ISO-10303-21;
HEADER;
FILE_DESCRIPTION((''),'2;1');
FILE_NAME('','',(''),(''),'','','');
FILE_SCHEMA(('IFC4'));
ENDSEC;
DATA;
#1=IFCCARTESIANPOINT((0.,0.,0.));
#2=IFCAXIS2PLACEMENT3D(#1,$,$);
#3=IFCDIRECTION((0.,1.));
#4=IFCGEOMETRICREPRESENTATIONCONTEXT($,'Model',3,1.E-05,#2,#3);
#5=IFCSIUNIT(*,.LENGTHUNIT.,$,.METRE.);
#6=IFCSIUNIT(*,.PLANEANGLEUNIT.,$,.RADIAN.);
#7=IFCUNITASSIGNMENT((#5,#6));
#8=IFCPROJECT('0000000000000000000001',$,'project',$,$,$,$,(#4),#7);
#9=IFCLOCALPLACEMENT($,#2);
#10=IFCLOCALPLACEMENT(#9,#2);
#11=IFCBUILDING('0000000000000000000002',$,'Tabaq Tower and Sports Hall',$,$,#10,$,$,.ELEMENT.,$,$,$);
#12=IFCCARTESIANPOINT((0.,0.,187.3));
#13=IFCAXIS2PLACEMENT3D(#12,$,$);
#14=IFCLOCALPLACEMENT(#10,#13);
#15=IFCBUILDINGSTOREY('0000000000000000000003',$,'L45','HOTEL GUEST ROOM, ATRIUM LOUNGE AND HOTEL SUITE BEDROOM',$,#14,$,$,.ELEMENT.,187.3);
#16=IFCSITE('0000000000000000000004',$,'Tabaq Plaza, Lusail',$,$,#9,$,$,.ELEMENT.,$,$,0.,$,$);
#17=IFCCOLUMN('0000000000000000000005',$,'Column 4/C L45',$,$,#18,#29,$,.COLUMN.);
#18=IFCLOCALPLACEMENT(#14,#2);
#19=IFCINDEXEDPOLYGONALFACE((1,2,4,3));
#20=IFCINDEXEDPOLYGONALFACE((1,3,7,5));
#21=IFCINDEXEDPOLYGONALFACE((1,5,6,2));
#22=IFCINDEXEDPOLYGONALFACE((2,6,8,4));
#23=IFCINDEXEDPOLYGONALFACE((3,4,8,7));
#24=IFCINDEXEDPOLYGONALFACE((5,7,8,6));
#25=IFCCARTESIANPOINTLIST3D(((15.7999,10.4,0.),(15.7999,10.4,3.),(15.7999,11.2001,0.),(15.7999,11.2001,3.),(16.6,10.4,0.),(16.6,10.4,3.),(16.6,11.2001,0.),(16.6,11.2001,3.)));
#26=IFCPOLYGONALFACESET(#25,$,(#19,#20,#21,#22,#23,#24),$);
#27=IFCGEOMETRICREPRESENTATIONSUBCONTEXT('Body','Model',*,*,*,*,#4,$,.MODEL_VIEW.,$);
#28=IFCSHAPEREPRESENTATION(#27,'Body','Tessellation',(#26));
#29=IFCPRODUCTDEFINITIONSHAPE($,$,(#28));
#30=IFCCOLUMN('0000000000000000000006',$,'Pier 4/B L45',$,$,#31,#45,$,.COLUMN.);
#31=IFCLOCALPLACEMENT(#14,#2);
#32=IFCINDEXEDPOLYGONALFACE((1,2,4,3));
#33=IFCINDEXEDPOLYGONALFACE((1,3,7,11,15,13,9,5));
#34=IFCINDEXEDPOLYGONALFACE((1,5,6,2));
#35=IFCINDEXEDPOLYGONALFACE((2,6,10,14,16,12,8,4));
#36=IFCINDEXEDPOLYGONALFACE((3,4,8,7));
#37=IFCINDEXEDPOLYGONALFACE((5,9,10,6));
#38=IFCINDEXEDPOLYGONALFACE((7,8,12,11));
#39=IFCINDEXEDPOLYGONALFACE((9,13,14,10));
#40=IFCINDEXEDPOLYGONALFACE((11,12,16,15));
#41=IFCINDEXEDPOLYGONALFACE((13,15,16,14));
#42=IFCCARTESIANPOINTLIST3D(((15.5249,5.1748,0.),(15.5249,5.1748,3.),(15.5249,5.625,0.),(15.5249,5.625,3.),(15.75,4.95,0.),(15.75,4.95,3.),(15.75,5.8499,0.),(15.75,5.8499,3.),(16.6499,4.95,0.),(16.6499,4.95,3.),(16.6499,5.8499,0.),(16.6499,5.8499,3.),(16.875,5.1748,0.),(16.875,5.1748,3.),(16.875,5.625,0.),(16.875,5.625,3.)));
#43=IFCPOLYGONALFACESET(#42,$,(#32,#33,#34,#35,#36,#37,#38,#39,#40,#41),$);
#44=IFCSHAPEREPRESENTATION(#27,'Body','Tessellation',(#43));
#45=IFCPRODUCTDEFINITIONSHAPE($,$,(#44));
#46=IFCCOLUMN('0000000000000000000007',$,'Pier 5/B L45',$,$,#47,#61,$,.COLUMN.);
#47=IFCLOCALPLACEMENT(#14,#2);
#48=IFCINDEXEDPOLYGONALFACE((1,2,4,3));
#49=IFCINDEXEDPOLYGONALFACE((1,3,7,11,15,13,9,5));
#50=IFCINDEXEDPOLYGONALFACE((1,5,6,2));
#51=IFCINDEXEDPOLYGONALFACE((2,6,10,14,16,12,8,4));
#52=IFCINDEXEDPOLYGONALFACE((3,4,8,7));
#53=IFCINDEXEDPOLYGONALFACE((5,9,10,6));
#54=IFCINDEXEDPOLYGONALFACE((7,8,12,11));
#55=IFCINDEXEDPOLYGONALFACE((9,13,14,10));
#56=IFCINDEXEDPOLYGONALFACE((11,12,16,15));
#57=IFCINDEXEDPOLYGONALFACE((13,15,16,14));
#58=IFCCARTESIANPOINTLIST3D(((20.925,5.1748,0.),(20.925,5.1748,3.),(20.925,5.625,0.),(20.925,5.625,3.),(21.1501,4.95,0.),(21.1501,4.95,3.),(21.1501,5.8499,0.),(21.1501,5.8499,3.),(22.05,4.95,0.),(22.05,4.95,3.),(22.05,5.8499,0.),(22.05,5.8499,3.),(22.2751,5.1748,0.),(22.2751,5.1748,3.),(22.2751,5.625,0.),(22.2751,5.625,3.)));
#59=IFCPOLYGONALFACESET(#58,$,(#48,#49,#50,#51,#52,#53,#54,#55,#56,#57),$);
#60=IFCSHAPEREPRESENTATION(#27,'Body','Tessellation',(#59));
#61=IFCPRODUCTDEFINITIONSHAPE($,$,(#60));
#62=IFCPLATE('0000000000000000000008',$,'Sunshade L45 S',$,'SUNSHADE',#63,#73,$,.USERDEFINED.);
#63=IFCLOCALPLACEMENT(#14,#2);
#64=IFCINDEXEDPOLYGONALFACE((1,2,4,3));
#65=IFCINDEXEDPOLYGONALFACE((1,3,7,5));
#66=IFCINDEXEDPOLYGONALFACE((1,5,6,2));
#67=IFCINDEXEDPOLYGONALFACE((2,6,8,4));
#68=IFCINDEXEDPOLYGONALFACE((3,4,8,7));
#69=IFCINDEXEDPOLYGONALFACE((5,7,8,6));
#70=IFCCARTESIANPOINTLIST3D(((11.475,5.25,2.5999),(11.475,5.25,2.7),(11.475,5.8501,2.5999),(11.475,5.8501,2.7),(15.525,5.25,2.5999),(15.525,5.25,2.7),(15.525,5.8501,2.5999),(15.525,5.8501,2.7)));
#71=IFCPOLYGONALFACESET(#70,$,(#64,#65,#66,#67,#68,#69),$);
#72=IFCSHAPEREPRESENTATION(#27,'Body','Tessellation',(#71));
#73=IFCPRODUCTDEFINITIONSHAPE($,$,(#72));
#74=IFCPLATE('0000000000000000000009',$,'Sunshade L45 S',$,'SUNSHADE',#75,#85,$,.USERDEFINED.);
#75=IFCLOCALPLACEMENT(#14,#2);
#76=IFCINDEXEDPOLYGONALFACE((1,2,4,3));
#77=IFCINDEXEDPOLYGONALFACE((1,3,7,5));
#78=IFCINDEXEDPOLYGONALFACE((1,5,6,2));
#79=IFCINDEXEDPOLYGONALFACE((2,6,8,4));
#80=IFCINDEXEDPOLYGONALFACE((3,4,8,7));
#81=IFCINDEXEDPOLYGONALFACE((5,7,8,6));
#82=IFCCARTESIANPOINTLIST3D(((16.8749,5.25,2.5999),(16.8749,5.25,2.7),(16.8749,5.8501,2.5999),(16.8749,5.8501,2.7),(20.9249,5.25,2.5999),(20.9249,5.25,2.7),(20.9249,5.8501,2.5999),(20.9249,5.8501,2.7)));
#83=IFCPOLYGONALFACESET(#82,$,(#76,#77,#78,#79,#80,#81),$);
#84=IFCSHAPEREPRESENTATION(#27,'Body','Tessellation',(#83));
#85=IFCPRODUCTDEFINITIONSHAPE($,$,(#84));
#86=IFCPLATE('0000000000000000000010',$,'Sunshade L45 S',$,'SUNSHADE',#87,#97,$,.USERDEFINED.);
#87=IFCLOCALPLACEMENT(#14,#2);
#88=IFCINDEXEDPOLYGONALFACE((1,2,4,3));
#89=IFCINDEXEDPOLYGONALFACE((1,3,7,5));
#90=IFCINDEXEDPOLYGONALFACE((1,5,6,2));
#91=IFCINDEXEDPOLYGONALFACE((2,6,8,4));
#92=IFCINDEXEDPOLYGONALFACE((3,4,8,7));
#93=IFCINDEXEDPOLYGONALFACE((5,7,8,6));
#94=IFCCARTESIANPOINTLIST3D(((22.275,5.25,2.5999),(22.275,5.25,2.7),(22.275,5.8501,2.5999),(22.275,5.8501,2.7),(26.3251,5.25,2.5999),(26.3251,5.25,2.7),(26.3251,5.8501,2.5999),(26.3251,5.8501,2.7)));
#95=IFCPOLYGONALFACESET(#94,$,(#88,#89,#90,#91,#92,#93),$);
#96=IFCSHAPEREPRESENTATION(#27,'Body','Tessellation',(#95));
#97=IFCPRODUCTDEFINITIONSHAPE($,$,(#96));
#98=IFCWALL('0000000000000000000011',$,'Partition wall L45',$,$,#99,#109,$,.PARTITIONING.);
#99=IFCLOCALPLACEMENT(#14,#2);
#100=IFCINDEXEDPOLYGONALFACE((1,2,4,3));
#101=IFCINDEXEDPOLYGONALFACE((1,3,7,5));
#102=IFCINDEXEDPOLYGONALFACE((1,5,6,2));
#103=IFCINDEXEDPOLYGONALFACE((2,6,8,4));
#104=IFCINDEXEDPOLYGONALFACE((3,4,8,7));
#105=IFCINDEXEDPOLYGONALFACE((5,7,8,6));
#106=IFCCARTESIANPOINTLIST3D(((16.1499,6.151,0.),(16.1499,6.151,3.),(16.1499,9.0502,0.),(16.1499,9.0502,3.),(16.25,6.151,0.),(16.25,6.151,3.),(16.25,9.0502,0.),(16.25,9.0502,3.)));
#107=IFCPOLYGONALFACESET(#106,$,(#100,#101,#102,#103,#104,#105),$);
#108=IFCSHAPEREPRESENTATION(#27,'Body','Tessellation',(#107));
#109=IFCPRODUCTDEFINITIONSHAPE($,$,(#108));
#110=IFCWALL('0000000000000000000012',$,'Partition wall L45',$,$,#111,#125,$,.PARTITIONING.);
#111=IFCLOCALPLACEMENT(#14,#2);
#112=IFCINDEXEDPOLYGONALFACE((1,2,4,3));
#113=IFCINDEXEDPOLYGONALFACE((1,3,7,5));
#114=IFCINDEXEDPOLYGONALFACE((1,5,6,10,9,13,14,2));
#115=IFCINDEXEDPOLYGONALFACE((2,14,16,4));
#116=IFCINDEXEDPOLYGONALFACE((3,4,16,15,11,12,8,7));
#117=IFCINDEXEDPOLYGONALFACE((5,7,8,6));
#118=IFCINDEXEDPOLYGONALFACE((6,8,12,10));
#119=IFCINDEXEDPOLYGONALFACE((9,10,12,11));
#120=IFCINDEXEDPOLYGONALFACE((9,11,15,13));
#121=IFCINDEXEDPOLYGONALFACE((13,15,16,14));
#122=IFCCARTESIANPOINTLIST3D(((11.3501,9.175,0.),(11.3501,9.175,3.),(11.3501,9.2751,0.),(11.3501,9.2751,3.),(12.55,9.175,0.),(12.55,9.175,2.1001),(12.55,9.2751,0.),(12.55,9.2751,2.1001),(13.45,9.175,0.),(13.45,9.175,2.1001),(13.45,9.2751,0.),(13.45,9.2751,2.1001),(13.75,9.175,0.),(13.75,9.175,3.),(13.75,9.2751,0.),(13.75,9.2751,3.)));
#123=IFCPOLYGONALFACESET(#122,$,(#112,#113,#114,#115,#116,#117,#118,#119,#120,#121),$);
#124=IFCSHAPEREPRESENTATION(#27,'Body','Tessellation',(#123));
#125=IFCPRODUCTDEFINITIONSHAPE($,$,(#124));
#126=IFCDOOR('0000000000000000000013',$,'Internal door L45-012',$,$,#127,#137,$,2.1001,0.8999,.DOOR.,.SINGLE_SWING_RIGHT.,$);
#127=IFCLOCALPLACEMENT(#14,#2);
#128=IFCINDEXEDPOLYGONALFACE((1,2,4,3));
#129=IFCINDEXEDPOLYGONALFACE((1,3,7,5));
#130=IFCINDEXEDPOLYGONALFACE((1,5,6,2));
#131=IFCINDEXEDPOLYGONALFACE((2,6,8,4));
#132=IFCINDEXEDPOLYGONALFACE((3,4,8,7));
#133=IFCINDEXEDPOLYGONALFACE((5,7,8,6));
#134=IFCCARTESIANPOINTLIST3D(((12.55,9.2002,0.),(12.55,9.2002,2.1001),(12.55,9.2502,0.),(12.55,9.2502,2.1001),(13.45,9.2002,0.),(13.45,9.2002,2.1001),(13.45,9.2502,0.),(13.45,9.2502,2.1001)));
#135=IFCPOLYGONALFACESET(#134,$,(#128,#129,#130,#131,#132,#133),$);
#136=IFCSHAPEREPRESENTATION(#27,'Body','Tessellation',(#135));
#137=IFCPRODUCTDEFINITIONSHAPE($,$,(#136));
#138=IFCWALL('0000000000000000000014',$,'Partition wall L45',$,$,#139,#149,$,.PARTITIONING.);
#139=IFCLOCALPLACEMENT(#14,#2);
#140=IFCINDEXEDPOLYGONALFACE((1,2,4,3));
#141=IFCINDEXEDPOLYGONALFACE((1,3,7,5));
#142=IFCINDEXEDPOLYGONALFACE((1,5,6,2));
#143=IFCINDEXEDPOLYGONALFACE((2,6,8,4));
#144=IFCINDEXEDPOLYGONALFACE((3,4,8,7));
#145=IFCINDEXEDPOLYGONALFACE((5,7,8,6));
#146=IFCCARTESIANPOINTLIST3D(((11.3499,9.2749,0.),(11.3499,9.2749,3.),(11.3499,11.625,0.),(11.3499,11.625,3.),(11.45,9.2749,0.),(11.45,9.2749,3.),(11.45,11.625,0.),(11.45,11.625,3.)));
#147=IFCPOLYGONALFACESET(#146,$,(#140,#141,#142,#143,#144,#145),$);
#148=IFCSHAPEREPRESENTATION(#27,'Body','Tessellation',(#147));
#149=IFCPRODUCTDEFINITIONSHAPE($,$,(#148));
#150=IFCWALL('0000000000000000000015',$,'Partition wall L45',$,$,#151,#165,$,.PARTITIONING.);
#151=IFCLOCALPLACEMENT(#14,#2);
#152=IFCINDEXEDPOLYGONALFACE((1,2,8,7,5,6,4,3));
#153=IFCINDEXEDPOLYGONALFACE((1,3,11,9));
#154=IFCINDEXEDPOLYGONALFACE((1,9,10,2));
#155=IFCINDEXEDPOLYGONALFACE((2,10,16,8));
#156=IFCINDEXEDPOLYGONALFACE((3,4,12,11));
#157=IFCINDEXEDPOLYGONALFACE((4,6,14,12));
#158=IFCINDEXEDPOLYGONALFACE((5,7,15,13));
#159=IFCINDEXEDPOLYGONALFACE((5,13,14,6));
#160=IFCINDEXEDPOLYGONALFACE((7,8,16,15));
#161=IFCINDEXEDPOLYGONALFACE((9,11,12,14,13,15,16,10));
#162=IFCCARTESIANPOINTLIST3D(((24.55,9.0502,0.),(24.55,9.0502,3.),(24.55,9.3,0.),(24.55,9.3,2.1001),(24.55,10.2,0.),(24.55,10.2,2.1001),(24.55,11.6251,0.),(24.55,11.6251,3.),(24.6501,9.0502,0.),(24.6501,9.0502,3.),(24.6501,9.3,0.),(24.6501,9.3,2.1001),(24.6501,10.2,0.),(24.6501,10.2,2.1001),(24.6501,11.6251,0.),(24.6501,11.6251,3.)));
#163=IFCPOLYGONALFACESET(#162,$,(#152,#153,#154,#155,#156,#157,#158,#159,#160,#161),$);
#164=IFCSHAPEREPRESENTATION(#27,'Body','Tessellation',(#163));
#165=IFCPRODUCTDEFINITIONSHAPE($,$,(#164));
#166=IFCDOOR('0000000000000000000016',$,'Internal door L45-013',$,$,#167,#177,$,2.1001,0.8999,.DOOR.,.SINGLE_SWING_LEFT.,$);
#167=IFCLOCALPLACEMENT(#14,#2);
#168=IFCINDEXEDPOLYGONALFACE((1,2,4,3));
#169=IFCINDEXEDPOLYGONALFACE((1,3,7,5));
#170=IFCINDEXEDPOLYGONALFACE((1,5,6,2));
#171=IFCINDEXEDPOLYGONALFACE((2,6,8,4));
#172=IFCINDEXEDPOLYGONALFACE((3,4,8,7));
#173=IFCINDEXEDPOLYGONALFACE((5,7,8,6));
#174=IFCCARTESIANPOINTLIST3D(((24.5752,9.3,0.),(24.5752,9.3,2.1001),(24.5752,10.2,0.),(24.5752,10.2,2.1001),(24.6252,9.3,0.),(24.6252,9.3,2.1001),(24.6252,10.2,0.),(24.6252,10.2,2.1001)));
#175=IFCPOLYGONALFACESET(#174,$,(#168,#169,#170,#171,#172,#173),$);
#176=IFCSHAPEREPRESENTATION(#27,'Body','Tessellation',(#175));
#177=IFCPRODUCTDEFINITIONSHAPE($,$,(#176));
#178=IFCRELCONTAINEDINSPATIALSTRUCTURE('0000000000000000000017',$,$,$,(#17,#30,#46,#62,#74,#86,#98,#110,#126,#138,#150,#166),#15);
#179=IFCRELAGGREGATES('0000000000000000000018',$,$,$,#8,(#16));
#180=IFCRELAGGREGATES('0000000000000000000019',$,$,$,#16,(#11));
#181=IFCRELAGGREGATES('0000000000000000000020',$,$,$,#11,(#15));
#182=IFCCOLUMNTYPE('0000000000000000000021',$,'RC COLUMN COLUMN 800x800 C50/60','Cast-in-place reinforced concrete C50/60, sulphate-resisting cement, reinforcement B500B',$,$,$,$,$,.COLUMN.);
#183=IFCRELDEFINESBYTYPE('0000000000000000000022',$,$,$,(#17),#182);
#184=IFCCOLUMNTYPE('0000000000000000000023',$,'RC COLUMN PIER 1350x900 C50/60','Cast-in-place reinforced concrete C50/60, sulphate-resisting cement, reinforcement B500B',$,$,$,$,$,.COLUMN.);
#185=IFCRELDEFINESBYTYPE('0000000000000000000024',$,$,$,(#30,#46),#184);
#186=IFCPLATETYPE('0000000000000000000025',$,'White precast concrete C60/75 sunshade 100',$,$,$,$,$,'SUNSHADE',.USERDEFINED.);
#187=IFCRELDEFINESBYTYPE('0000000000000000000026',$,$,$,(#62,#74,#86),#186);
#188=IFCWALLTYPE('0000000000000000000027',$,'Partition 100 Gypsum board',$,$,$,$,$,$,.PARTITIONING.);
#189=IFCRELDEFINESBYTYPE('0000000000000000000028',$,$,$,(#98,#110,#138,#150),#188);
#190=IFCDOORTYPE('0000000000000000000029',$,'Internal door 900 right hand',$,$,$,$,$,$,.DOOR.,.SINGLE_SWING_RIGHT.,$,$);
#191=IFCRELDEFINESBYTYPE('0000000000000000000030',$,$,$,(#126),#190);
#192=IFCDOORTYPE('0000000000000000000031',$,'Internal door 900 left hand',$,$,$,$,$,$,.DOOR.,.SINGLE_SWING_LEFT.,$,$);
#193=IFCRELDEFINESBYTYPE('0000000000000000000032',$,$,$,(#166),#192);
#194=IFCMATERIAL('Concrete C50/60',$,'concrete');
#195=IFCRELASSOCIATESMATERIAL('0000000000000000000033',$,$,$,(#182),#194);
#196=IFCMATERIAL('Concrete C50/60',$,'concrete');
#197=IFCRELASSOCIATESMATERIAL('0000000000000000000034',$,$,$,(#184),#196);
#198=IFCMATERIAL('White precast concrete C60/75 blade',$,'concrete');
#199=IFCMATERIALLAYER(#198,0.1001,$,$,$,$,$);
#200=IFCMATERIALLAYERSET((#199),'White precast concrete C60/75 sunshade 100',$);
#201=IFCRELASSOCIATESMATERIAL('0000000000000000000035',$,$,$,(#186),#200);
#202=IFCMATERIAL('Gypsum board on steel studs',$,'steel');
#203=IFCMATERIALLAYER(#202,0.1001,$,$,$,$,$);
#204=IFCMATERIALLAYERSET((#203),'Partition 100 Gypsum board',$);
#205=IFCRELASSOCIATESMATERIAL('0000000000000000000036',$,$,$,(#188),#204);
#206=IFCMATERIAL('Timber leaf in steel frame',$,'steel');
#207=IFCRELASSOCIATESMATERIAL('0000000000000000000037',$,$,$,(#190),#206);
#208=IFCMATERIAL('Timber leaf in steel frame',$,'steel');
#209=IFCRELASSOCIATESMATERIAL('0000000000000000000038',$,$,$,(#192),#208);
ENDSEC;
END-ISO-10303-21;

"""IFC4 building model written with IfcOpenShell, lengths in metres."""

from ifc_helpers import new_model, si_unit, direction, frame, frame_2d, origin, origin_2d, place, context, subcontext, project, spatial, polyline, rectangle, outline, extrude, material, layer, layer_set, material_profile, profile_set, type_object, element, fill, save


model = new_model("IFC4")

# Units and contexts
model_context = context("Model", 3, precision=1e-05, world=origin(), true_north=direction((0.0, 1.0)))
body_context = subcontext(model_context, "Body", "Model", "MODEL_VIEW")
ifc_project = project(units=[si_unit("LENGTHUNIT", "METRE"), si_unit("PLANEANGLEUNIT", "RADIAN")], contexts=[model_context])

# Site, building, storey
site_placement = place(None, origin())
site = spatial("IfcSite", under=ifc_project, at=site_placement, Name="Tabaq Plaza, Lusail", CompositionType="ELEMENT", RefElevation=0.0)
building_placement = place(site_placement, origin())
building = spatial("IfcBuilding", under=site, at=building_placement, Name="Tabaq Tower and Sports Hall", CompositionType="ELEMENT")
storey_placement = place(building_placement, frame((0.0, 0.0, 187.3)))
storey = spatial("IfcBuildingStorey", under=building, at=storey_placement, Name="L45", Description="HOTEL GUEST ROOM, ATRIUM LOUNGE AND HOTEL SUITE BEDROOM", CompositionType="ELEMENT", Elevation=187.3)

# Columns
ifc_material_1 = material(Name="Concrete C50/60", Category="concrete")
ifc_material_profile_1 = material_profile(ifc_material_1, rectangle(XDim=0.8, YDim=0.8, at=origin_2d()), Name="COLUMN 800x800")
ifc_profile_set_1 = profile_set([ifc_material_profile_1], Name="Concrete C50/60")
column_type_1 = type_object("IfcColumnType", Name="RC COLUMN COLUMN 800x800 C50/60", Description="Cast-in-place reinforced concrete C50/60, sulphate-resisting cement, reinforcement B500B", PredefinedType="COLUMN", material=ifc_profile_set_1)
column_placement = place(storey_placement, frame((16.2, 10.8, 0.0), z_axis=(0.0, 0.0, 1.0), x_axis=(1.0, 0.0, 0.0)))
element("IfcColumn", 1, at=column_placement, inside=storey, type_object=column_type_1, Name="Column 4/C L45", PredefinedType="COLUMN", context=body_context, shape_type="SweptSolid", body=[
    extrude(rectangle(XDim=0.8, YDim=0.8, at=origin_2d()), origin(), (0.0, 0.0, 1.0), 3.0),
])
ifc_material_2 = material(Name="Concrete C50/60", Category="concrete")
ifc_material_profile_2 = material_profile(ifc_material_2, outline(polyline([(-0.45, -0.45), (0.45, -0.45), (0.675, -0.2251), (0.675, 0.2251), (0.45, 0.45), (-0.45, 0.45), (-0.675, 0.2251), (-0.675, -0.2251), (-0.45, -0.45)])), Name="PIER 1350x900")
ifc_profile_set_2 = profile_set([ifc_material_profile_2], Name="Concrete C50/60")
column_type_2 = type_object("IfcColumnType", Name="RC COLUMN PIER 1350x900 C50/60", Description="Cast-in-place reinforced concrete C50/60, sulphate-resisting cement, reinforcement B500B", PredefinedType="COLUMN", material=ifc_profile_set_2)
for number, where, z_axis, x_axis, name in (
    (2, (16.2, 5.3999, 0.0), (0.0, 0.0, 1.0), (1.0, 0.0, 0.0), "Pier 4/B L45"),
    (3, (21.6001, 5.3999, 0.0), (0.0, 0.0, 1.0), (1.0, 0.0, 0.0), "Pier 5/B L45"),
):
    element("IfcColumn", number, at=place(storey_placement, frame(where, z_axis=z_axis, x_axis=x_axis)), inside=storey, type_object=column_type_2, Name=name, PredefinedType="COLUMN", context=body_context, shape_type="SweptSolid", body=[
        extrude(outline(polyline([(-0.45, -0.45), (0.45, -0.45), (0.675, -0.2251), (0.675, 0.2251), (0.45, 0.45), (-0.45, 0.45), (-0.675, 0.2251), (-0.675, -0.2251), (-0.45, -0.45)])), origin(), (0.0, 0.0, 1.0), 3.0),
    ])

# Plates
ifc_material_3 = material(Name="White precast concrete C60/75 blade", Category="concrete")
ifc_layer_1 = layer(ifc_material_3, 0.1001)
ifc_layer_set_1 = layer_set([ifc_layer_1], Name="White precast concrete C60/75 sunshade 100")
plate_type = type_object("IfcPlateType", Name="White precast concrete C60/75 sunshade 100", ElementType="SUNSHADE", PredefinedType="USERDEFINED", material=ifc_layer_set_1)
for number, where, z_axis, x_axis, name in (
    (4, (13.5, 5.55, 2.5999), (0.0, 0.0, 1.0), (1.0, 0.0, 0.0), "Sunshade L45 S"),
    (5, (18.8999, 5.55, 2.5999), (0.0, 0.0, 1.0), (1.0, 0.0, 0.0), "Sunshade L45 S"),
    (6, (24.3, 5.55, 2.5999), (0.0, 0.0, 1.0), (1.0, 0.0, 0.0), "Sunshade L45 S"),
):
    element("IfcPlate", number, at=place(storey_placement, frame(where, z_axis=z_axis, x_axis=x_axis)), inside=storey, type_object=plate_type, Name=name, ObjectType="SUNSHADE", PredefinedType="USERDEFINED", context=body_context, shape_type="SweptSolid", body=[
        extrude(rectangle(XDim=4.05, YDim=0.6001, at=origin_2d()), origin(), (0.0, 0.0, 1.0), 0.1001),
    ])

# Wall
ifc_material_4 = material(Name="Gypsum board on steel studs", Category="steel")
ifc_layer_2 = layer(ifc_material_4, 0.1001)
ifc_layer_set_2 = layer_set([ifc_layer_2], Name="Partition 100 Gypsum board")
wall_type_1 = type_object("IfcWallType", Name="Partition 100 Gypsum board", PredefinedType="PARTITIONING", material=ifc_layer_set_2)
wall_1_placement = place(storey_placement, frame((16.2, 6.1509, 0.0), z_axis=(0.0, 0.0, 1.0), x_axis=(0.0, 1.0, 0.0)))
element("IfcWall", 7, at=wall_1_placement, inside=storey, type_object=wall_type_1, Name="Partition wall L45", PredefinedType="PARTITIONING", context=body_context, shape_type="SweptSolid", body=[
    extrude(rectangle(XDim=2.8992, YDim=0.1001, at=frame_2d((1.4497, 0.0))), origin(), (0.0, 0.0, 1.0), 3.0),
])

# Wall, opening, door
wall_2_placement = place(storey_placement, frame((13.75, 9.2251, 0.0), z_axis=(0.0, 0.0, 1.0), x_axis=(-1.0, 0.0, 0.0)))
wall_2 = element("IfcWall", 8, at=wall_2_placement, inside=storey, type_object=wall_type_1, Name="Partition wall L45", PredefinedType="PARTITIONING", context=body_context, shape_type="SweptSolid", body=[
    extrude(rectangle(XDim=2.3999, YDim=0.1001, at=frame_2d((1.2, 0.0))), origin(), (0.0, 0.0, 1.0), 3.0),
])
opening_1_placement = place(wall_2_placement, frame((0.3, 0.0, 0.0)))
opening_1 = element("IfcOpeningElement", 9, at=opening_1_placement, cuts=wall_2, PredefinedType="OPENING", context=body_context, shape_type="SweptSolid", body=[
    extrude(rectangle(XDim=0.8999, YDim=2.1001, at=frame_2d((0.45, 1.05))), frame((0.0, 0.05, 0.0), z_axis=(0.0, -1.0, 0.0), x_axis=(1.0, 0.0, 0.0)), (0.0, 0.0, 1.0), 0.1001),
])
ifc_material_5 = material(Name="Timber leaf in steel frame", Category="steel")
door_type_1 = type_object("IfcDoorType", Name="Internal door 900 right hand", OperationType="SINGLE_SWING_RIGHT", PredefinedType="DOOR", material=ifc_material_5)
door_1_placement = place(opening_1_placement, origin())
door_1 = element("IfcDoor", 10, at=door_1_placement, inside=storey, type_object=door_type_1, Name="Internal door L45-012", OperationType="SINGLE_SWING_RIGHT", OverallHeight=2.1001, OverallWidth=0.8999, PredefinedType="DOOR", context=body_context, shape_type="SweptSolid", body=[
    extrude(rectangle(XDim=0.8999, YDim=2.1001, at=frame_2d((0.45, 1.05))), frame((0.0, 0.0249, 0.0), z_axis=(0.0, -1.0, 0.0), x_axis=(1.0, 0.0, 0.0)), (0.0, 0.0, 1.0), 0.05),
])
fill(opening_1, door_1)

# Wall
wall_3_placement = place(storey_placement, frame((11.3999, 9.2749, 0.0), z_axis=(0.0, 0.0, 1.0), x_axis=(0.0, 1.0, 0.0)))
element("IfcWall", 11, at=wall_3_placement, inside=storey, type_object=wall_type_1, Name="Partition wall L45", PredefinedType="PARTITIONING", context=body_context, shape_type="SweptSolid", body=[
    extrude(rectangle(XDim=2.3501, YDim=0.1001, at=frame_2d((1.175, 0.0))), origin(), (0.0, 0.0, 1.0), 3.0),
])

# Wall, opening, door
wall_4_placement = place(storey_placement, frame((24.6001, 9.05, 0.0), z_axis=(0.0, 0.0, 1.0), x_axis=(0.0, 1.0, 0.0)))
wall_4 = element("IfcWall", 12, at=wall_4_placement, inside=storey, type_object=wall_type_1, Name="Partition wall L45", PredefinedType="PARTITIONING", context=body_context, shape_type="SweptSolid", body=[
    extrude(rectangle(XDim=2.575, YDim=0.1001, at=frame_2d((1.2876, 0.0))), origin(), (0.0, 0.0, 1.0), 3.0),
])
opening_2_placement = place(wall_4_placement, frame((0.25, 0.0, 0.0)))
opening_2 = element("IfcOpeningElement", 13, at=opening_2_placement, cuts=wall_4, PredefinedType="OPENING", context=body_context, shape_type="SweptSolid", body=[
    extrude(rectangle(XDim=0.8999, YDim=2.1001, at=frame_2d((0.45, 1.05))), frame((0.0, 0.05, 0.0), z_axis=(0.0, -1.0, 0.0), x_axis=(1.0, 0.0, 0.0)), (0.0, 0.0, 1.0), 0.1001),
])
ifc_material_6 = material(Name="Timber leaf in steel frame", Category="steel")
door_type_2 = type_object("IfcDoorType", Name="Internal door 900 left hand", OperationType="SINGLE_SWING_LEFT", PredefinedType="DOOR", material=ifc_material_6)
door_2_placement = place(opening_2_placement, origin())
door_2 = element("IfcDoor", 14, at=door_2_placement, inside=storey, type_object=door_type_2, Name="Internal door L45-013", OperationType="SINGLE_SWING_LEFT", OverallHeight=2.1001, OverallWidth=0.8999, PredefinedType="DOOR", context=body_context, shape_type="SweptSolid", body=[
    extrude(rectangle(XDim=0.8999, YDim=2.1001, at=frame_2d((0.45, 1.05))), frame((0.0, 0.0249, 0.0), z_axis=(0.0, -1.0, 0.0), x_axis=(1.0, 0.0, 0.0)), (0.0, 0.0, 1.0), 0.05),
])
fill(opening_2, door_2)

save(model, "model.ifc")
